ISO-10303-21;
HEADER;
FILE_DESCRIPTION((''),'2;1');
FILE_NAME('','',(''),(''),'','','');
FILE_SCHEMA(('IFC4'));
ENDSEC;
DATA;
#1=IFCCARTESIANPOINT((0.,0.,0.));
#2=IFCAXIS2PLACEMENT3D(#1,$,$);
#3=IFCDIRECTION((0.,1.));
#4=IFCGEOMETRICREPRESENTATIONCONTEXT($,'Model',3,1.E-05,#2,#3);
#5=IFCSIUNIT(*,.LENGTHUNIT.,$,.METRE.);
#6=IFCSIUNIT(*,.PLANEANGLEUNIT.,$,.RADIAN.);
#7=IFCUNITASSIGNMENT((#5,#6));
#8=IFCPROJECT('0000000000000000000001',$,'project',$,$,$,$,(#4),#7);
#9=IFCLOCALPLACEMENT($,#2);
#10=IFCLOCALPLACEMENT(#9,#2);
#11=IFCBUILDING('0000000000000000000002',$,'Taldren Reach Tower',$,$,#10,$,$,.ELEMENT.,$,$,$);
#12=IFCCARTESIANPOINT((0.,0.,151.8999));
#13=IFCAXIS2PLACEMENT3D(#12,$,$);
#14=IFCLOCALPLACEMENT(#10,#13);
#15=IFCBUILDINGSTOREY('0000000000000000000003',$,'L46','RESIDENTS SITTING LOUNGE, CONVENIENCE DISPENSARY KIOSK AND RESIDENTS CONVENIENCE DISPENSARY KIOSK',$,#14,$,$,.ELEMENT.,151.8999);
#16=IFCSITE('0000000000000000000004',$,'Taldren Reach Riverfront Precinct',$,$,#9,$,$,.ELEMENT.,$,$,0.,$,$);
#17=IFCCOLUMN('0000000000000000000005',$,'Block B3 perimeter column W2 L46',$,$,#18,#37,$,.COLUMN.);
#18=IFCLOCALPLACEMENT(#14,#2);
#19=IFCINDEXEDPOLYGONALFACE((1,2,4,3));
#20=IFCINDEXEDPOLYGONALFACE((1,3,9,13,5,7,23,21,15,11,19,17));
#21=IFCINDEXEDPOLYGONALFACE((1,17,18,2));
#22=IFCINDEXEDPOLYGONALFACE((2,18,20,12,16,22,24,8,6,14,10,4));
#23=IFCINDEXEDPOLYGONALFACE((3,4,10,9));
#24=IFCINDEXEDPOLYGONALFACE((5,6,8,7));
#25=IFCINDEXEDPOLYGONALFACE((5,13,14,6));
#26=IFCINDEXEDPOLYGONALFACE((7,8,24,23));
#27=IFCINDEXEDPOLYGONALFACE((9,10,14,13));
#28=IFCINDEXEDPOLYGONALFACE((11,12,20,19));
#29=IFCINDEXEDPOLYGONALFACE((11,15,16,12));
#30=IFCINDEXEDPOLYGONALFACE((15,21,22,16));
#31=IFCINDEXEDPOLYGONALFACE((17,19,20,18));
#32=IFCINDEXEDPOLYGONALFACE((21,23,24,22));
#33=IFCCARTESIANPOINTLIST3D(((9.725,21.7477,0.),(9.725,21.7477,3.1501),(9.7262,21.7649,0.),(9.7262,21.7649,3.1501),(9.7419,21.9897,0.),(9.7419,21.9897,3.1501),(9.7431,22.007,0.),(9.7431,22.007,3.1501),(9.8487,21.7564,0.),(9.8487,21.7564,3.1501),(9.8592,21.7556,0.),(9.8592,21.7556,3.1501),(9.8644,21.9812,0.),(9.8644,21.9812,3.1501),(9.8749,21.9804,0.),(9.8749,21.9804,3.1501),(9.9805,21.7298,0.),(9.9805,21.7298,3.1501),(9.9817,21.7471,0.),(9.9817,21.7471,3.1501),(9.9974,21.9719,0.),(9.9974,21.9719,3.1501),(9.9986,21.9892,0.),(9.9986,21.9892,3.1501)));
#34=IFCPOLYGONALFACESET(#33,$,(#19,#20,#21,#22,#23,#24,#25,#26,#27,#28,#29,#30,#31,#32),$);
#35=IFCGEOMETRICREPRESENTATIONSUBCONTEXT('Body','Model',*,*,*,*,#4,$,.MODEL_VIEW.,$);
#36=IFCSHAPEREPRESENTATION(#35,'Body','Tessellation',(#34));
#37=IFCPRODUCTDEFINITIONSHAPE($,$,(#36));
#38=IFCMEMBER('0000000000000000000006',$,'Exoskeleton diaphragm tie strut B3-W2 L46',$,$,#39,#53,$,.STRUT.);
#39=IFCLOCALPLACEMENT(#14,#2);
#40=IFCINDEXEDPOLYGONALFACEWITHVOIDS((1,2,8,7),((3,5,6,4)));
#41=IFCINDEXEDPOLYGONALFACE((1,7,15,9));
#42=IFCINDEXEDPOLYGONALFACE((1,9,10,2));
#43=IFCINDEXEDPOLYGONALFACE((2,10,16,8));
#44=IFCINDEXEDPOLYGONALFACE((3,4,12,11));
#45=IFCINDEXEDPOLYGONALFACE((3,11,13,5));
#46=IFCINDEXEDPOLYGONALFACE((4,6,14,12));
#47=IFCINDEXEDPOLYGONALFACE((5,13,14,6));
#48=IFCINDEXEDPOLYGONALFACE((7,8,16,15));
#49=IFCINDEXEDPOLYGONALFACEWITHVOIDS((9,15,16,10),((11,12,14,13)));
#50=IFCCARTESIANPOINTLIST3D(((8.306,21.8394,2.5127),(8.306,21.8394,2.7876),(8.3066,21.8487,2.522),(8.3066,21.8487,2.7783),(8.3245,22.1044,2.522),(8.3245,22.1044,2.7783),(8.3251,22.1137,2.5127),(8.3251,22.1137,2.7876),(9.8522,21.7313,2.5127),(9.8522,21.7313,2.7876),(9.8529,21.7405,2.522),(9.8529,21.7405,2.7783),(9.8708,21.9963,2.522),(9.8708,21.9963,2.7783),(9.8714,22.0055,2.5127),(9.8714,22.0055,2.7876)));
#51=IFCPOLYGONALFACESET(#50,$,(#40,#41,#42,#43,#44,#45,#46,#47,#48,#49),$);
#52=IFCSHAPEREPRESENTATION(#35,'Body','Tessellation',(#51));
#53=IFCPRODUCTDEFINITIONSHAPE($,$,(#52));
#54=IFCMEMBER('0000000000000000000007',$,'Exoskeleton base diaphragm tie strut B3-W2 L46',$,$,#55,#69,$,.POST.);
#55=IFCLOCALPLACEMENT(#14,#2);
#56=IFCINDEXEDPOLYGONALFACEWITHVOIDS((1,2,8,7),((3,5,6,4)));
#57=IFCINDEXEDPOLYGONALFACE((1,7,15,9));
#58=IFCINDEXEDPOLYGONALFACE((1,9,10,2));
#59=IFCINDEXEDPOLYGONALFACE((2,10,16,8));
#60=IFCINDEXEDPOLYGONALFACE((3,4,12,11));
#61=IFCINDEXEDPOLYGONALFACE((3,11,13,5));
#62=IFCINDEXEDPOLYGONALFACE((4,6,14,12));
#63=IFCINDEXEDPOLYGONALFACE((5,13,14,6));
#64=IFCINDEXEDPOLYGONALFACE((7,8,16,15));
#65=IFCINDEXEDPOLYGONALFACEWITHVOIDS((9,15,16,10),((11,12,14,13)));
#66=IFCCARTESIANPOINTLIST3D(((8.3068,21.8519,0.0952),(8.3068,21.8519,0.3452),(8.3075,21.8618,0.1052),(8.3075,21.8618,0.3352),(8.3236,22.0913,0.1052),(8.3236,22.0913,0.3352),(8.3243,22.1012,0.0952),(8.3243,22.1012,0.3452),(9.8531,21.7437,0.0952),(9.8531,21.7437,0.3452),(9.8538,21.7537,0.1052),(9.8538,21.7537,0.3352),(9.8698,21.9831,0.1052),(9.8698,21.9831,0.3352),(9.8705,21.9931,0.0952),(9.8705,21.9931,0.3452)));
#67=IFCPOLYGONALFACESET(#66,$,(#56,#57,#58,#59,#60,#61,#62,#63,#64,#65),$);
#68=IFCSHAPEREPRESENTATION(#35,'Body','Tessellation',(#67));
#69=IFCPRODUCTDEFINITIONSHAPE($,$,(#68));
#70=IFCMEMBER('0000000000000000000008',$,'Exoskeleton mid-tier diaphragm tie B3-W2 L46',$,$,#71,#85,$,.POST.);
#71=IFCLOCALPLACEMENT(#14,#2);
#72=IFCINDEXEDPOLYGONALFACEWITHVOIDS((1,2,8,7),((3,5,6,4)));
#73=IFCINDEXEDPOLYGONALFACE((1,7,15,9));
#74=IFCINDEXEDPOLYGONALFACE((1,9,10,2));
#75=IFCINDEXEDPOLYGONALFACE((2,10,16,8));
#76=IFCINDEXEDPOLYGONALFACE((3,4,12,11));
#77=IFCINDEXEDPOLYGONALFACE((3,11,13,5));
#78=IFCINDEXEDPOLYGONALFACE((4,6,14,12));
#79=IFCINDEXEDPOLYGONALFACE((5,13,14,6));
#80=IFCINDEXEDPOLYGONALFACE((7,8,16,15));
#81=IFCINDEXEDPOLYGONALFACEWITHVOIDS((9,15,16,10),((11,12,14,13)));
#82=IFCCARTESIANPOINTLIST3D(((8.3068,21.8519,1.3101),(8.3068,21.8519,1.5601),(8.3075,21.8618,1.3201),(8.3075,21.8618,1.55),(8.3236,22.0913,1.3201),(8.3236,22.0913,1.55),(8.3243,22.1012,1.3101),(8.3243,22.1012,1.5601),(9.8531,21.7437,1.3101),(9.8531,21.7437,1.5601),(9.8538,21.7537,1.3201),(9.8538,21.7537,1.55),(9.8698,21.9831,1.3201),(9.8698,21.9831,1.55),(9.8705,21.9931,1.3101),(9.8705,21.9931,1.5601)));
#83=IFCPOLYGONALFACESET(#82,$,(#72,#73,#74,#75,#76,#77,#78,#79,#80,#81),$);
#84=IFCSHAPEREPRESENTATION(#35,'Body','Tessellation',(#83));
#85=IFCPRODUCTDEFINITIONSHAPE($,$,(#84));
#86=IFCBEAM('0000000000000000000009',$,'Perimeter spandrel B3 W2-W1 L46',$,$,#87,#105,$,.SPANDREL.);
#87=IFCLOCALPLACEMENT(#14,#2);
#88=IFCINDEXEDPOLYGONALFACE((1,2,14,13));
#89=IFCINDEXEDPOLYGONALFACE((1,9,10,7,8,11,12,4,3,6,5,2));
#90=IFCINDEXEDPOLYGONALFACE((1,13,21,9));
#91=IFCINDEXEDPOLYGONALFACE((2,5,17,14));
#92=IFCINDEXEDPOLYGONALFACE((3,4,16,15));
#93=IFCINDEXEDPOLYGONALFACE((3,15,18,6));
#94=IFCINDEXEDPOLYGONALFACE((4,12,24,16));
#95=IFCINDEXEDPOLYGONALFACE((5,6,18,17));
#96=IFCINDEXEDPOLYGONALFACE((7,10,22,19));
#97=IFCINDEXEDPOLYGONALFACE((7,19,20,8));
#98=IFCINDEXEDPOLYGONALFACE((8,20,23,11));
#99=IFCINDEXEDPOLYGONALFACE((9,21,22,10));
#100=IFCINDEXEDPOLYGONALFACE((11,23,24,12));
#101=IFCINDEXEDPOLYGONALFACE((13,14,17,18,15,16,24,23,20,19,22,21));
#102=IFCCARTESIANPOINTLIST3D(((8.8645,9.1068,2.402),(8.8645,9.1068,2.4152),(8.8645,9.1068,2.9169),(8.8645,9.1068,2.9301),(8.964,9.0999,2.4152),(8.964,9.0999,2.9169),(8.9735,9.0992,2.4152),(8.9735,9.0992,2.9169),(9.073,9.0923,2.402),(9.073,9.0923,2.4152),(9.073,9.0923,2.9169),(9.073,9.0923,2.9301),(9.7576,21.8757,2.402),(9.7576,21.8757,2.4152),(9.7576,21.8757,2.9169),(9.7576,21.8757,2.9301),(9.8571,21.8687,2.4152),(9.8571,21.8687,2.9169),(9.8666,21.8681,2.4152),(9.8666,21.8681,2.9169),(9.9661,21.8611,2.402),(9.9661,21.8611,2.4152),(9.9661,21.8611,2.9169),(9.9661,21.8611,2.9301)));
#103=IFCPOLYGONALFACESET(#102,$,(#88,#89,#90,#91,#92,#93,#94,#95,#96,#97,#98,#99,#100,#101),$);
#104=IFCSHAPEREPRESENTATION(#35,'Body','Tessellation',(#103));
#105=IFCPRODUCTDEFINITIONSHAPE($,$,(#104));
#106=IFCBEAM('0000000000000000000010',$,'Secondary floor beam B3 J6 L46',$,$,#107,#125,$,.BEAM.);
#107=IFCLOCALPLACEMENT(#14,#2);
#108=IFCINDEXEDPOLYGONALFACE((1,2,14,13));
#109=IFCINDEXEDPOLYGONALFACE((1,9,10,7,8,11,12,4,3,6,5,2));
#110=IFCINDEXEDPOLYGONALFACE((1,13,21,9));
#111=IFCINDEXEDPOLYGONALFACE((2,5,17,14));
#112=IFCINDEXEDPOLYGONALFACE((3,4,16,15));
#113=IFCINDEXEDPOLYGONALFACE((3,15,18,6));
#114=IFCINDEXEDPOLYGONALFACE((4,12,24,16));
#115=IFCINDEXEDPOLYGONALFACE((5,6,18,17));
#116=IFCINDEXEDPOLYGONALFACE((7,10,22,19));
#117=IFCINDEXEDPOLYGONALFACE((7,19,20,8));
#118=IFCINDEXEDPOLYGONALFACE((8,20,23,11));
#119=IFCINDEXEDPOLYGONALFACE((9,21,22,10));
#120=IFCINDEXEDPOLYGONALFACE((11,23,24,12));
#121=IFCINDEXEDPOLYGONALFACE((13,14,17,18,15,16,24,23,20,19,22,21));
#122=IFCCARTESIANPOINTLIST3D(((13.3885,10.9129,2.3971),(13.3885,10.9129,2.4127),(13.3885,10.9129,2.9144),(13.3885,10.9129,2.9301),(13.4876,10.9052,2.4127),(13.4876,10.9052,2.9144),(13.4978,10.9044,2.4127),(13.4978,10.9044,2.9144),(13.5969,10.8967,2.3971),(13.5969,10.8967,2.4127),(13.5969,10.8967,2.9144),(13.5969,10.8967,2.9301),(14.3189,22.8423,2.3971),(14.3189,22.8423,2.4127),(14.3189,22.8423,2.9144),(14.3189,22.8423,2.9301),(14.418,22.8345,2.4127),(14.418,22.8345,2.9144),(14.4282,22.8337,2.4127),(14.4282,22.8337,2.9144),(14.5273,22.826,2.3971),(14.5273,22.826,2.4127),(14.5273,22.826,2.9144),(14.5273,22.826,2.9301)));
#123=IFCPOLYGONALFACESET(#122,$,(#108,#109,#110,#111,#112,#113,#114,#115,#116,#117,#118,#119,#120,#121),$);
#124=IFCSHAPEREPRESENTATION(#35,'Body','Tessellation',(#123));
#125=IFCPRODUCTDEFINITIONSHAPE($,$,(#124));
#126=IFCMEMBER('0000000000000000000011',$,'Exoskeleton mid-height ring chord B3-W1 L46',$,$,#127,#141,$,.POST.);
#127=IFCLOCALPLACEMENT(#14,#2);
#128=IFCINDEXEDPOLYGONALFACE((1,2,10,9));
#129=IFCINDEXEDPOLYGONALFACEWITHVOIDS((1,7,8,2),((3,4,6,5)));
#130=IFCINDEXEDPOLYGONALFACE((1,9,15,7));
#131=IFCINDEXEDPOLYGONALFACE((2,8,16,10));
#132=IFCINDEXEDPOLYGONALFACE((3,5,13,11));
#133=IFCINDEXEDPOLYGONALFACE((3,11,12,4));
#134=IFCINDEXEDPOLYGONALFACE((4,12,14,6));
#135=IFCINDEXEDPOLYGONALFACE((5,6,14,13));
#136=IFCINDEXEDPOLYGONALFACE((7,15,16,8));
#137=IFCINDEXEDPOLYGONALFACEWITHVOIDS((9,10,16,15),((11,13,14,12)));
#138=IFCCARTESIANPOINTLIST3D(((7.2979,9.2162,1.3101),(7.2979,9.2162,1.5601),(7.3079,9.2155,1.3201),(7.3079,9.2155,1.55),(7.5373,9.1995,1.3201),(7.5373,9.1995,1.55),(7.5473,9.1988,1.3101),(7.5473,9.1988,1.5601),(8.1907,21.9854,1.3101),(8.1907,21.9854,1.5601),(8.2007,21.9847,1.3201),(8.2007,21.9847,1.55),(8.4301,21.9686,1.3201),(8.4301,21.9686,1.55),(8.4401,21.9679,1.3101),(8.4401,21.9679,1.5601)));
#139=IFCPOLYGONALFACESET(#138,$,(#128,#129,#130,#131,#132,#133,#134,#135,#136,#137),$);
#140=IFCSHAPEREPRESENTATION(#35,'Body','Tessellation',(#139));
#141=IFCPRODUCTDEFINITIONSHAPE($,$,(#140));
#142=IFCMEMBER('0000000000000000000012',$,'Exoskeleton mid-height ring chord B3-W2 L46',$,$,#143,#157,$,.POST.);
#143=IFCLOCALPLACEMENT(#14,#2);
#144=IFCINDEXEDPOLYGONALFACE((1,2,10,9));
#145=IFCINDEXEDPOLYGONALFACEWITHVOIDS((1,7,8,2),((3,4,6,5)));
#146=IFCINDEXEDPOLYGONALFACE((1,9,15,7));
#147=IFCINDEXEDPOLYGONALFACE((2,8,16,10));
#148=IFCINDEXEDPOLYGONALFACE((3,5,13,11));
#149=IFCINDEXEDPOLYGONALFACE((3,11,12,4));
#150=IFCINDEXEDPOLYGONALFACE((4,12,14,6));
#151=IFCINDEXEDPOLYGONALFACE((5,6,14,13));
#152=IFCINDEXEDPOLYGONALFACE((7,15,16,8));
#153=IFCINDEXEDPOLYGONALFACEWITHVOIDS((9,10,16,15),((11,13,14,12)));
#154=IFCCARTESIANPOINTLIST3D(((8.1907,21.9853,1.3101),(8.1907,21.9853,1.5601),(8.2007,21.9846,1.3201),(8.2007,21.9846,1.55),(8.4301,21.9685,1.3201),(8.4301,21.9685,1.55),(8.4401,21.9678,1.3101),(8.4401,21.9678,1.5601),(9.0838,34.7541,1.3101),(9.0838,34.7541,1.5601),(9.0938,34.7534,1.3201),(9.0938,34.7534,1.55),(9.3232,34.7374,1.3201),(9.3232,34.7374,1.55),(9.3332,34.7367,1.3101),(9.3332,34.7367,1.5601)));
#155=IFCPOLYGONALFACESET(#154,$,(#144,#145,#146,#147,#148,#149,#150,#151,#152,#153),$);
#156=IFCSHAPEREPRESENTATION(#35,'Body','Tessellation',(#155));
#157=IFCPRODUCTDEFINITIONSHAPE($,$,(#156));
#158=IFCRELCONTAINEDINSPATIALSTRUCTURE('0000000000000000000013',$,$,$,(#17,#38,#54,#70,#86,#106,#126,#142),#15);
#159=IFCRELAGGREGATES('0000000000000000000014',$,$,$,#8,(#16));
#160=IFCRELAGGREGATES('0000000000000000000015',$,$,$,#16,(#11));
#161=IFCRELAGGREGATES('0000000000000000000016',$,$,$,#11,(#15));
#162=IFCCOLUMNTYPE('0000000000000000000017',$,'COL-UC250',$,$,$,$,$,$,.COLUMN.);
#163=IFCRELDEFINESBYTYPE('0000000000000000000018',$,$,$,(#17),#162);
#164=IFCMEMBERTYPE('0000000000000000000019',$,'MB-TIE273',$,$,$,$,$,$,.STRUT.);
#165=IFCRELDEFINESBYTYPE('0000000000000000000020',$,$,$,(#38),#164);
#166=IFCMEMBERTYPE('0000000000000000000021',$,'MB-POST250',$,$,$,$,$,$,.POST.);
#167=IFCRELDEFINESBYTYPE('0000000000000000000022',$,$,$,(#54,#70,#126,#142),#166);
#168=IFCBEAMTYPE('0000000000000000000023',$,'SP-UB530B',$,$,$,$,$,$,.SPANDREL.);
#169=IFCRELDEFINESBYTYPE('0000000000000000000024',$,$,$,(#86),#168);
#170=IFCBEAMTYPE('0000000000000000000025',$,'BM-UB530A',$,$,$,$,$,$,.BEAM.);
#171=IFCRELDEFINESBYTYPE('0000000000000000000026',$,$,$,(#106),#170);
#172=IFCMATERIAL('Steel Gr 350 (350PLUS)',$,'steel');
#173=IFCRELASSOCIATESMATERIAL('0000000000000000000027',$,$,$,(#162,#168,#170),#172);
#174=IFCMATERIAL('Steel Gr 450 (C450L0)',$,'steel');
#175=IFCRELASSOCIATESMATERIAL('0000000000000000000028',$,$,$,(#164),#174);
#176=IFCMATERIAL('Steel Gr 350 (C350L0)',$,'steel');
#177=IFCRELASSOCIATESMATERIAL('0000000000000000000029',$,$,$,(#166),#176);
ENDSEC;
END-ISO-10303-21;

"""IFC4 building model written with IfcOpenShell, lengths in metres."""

from ifc_helpers import new_model, si_unit, direction, frame, origin, origin_2d, place, context, subcontext, project, spatial, hollow_rectangle, i_section, extrude, source, transform, mapped, material, material_profile, profile_set, type_object, element, save


model = new_model("IFC4")

# Units and contexts
model_context = context("Model", 3, precision=1e-05, world=origin(), true_north=direction((0.0, 1.0)))
body_context = subcontext(model_context, "Body", "Model", "MODEL_VIEW")
ifc_project = project(units=[si_unit("LENGTHUNIT", "METRE"), si_unit("PLANEANGLEUNIT", "RADIAN")], contexts=[model_context])

# Site, building, storey
site_placement = place(None, origin())
site = spatial("IfcSite", under=ifc_project, at=site_placement, Name="Taldren Reach Riverfront Precinct", CompositionType="ELEMENT", RefElevation=0.0)
building_placement = place(site_placement, origin())
building = spatial("IfcBuilding", under=site, at=building_placement, Name="Taldren Reach Tower", CompositionType="ELEMENT")
storey_placement = place(building_placement, frame((0.0, 0.0, 151.8999)))
storey = spatial("IfcBuildingStorey", under=building, at=storey_placement, Name="L46", Description="RESIDENTS SITTING LOUNGE, CONVENIENCE DISPENSARY KIOSK AND RESIDENTS CONVENIENCE DISPENSARY KIOSK", CompositionType="ELEMENT", Elevation=151.8999)

# Column
ifc_material_1 = material(Name="Steel Gr 350 (350PLUS)", Category="steel")
ifc_material_profile_1 = material_profile(ifc_material_1, i_section(OverallWidth=0.2561, OverallDepth=0.26, WebThickness=0.0105, FlangeThickness=0.0173, at=origin_2d()), Name="250UC89.5")
ifc_profile_set_1 = profile_set([ifc_material_profile_1], Name="Steel Gr 350 (350PLUS)")
column_type = type_object("IfcColumnType", Name="COL-UC250", PredefinedType="COLUMN", material=ifc_profile_set_1)
shared_shape_1 = source(origin(), body_context, "Body", "SweptSolid", [
    extrude(i_section(OverallWidth=0.2561, OverallDepth=0.26, WebThickness=0.0105, FlangeThickness=0.0173, at=origin_2d()), origin(), (0.0, 0.0, 1.0), 3.1501),
])
column_placement = place(storey_placement, frame((9.8618, 21.8684, 0.0), z_axis=(0.0, 0.0, 1.0), x_axis=(0.997564, -0.069756, 0.0)))
element("IfcColumn", 1, at=column_placement, inside=storey, type_object=column_type, Name="Block B3 perimeter column W2 L46", PredefinedType="COLUMN", context=body_context, shape_type="MappedRepresentation", body=[
    mapped(shared_shape_1, transform((0.0, 0.0, 0.0), scale=1.0)),
])

# Members
ifc_material_2 = material(Name="Steel Gr 450 (C450L0)", Category="steel")
ifc_material_profile_2 = material_profile(ifc_material_2, hollow_rectangle(XDim=0.2749, YDim=0.2749, WallThickness=0.0093, at=origin_2d()), Name="275x275x9.3SHS")
ifc_profile_set_2 = profile_set([ifc_material_profile_2], Name="Steel Gr 450 (C450L0)")
member_type_1 = type_object("IfcMemberType", Name="MB-TIE273", PredefinedType="STRUT", material=ifc_profile_set_2)
shared_shape_2 = source(origin(), body_context, "Body", "SweptSolid", [
    extrude(hollow_rectangle(XDim=0.2749, YDim=0.2749, WallThickness=0.0093, at=origin_2d()), origin(), (0.0, 0.0, 1.0), 1.55),
])
member_1_placement = place(storey_placement, frame((9.8618, 21.8684, 2.6501), z_axis=(-0.997563, 0.06977, 0.0), x_axis=(-0.06977, -0.997563, 0.0)))
element("IfcMember", 2, at=member_1_placement, inside=storey, type_object=member_type_1, Name="Exoskeleton diaphragm tie strut B3-W2 L46", PredefinedType="STRUT", context=body_context, shape_type="MappedRepresentation", body=[
    mapped(shared_shape_2, transform((0.0, 0.0, 0.0), scale=1.0)),
])
ifc_material_3 = material(Name="Steel Gr 350 (C350L0)", Category="steel")
ifc_material_profile_3 = material_profile(ifc_material_3, hollow_rectangle(XDim=0.25, YDim=0.25, WallThickness=0.01, at=origin_2d()), Name="250x250x10.0SHS")
ifc_profile_set_3 = profile_set([ifc_material_profile_3], Name="Steel Gr 350 (C350L0)")
member_type_2 = type_object("IfcMemberType", Name="MB-POST250", PredefinedType="POST", material=ifc_profile_set_3)
shared_shape_3 = source(origin(), body_context, "Body", "SweptSolid", [
    extrude(hollow_rectangle(XDim=0.25, YDim=0.25, WallThickness=0.01, at=origin_2d()), origin(), (0.0, 0.0, 1.0), 1.55),
])
for number, where, z_axis, x_axis, name in (
    (3, (9.8618, 21.8684, 0.2202), (-0.997563, 0.06977, 0.0), (-0.06977, -0.997563, 0.0), "Exoskeleton base diaphragm tie strut B3-W2 L46"),
    (4, (9.8618, 21.8684, 1.4351), (-0.997563, 0.06977, 0.0), (-0.06977, -0.997563, 0.0), "Exoskeleton mid-tier diaphragm tie B3-W2 L46"),
):
    element("IfcMember", number, at=place(storey_placement, frame(where, z_axis=z_axis, x_axis=x_axis)), inside=storey, type_object=member_type_2, Name=name, PredefinedType="POST", context=body_context, shape_type="MappedRepresentation", body=[
        mapped(shared_shape_3, transform((0.0, 0.0, 0.0), scale=1.0)),
    ])

# Beams
ifc_material_profile_4 = material_profile(ifc_material_1, i_section(OverallWidth=0.209, OverallDepth=0.5281, WebThickness=0.0095, FlangeThickness=0.0132, at=origin_2d()), Name="530UB82.0")
ifc_profile_set_4 = profile_set([ifc_material_profile_4], Name="Steel Gr 350 (350PLUS)")
beam_type_1 = type_object("IfcBeamType", Name="SP-UB530B", PredefinedType="SPANDREL", material=ifc_profile_set_4)
shared_shape_4 = source(origin(), body_context, "Body", "SweptSolid", [
    extrude(i_section(OverallWidth=0.209, OverallDepth=0.5281, WebThickness=0.0095, FlangeThickness=0.0132, at=origin_2d()), origin(), (0.0, 0.0, 1.0), 12.8),
])
beam_1_placement = place(storey_placement, frame((9.8618, 21.8684, 2.666), z_axis=(-0.069771, -0.997563, 0.0), x_axis=(0.997563, -0.069771, 0.0)))
element("IfcBeam", 5, at=beam_1_placement, inside=storey, type_object=beam_type_1, Name="Perimeter spandrel B3 W2-W1 L46", PredefinedType="SPANDREL", context=body_context, shape_type="MappedRepresentation", body=[
    mapped(shared_shape_4, transform((0.0, 0.0, 0.0), scale=1.0)),
])
ifc_material_profile_5 = material_profile(ifc_material_1, i_section(OverallWidth=0.209, OverallDepth=0.533, WebThickness=0.0103, FlangeThickness=0.0156, at=origin_2d()), Name="530UB92.4")
ifc_profile_set_5 = profile_set([ifc_material_profile_5], Name="Steel Gr 350 (350PLUS)")
beam_type_2 = type_object("IfcBeamType", Name="BM-UB530A", PredefinedType="BEAM", material=ifc_profile_set_5)
shared_shape_5 = source(origin(), body_context, "Body", "SweptSolid", [
    extrude(i_section(OverallWidth=0.209, OverallDepth=0.533, WebThickness=0.0103, FlangeThickness=0.0156, at=origin_2d()), origin(), (0.0, 0.0, 1.0), 11.9656),
])
beam_2_placement = place(storey_placement, frame((13.4927, 10.9048, 2.6636), z_axis=(0.077757, 0.996972, 0.0), x_axis=(-0.996972, 0.077757, 0.0)))
element("IfcBeam", 6, at=beam_2_placement, inside=storey, type_object=beam_type_2, Name="Secondary floor beam B3 J6 L46", PredefinedType="BEAM", context=body_context, shape_type="MappedRepresentation", body=[
    mapped(shared_shape_5, transform((0.0, 0.0, 0.0), scale=1.0)),
])

# Members
shared_shape_6 = source(origin(), body_context, "Body", "SweptSolid", [
    extrude(hollow_rectangle(XDim=0.25, YDim=0.25, WallThickness=0.01, at=origin_2d()), origin(), (0.0, 0.0, 1.0), 12.8003),
])
member_2_placement = place(storey_placement, frame((7.4226, 9.2075, 1.4351), z_axis=(0.069751, 0.997564, 0.0), x_axis=(-0.997564, 0.069751, 0.0)))
element("IfcMember", 7, at=member_2_placement, inside=storey, type_object=member_type_2, Name="Exoskeleton mid-height ring chord B3-W1 L46", PredefinedType="POST", context=body_context, shape_type="MappedRepresentation", body=[
    mapped(shared_shape_6, transform((0.0, 0.0, 0.0), scale=1.0)),
])
shared_shape_7 = source(origin(), body_context, "Body", "SweptSolid", [
    extrude(hollow_rectangle(XDim=0.25, YDim=0.25, WallThickness=0.01, at=origin_2d()), origin(), (0.0, 0.0, 1.0), 12.8),
])
member_3_placement = place(storey_placement, frame((8.3154, 21.9766, 1.4351), z_axis=(0.069771, 0.997563, 0.0), x_axis=(-0.997563, 0.069771, 0.0)))
element("IfcMember", 8, at=member_3_placement, inside=storey, type_object=member_type_2, Name="Exoskeleton mid-height ring chord B3-W2 L46", PredefinedType="POST", context=body_context, shape_type="MappedRepresentation", body=[
    mapped(shared_shape_7, transform((0.0, 0.0, 0.0), scale=1.0)),
])

save(model, "model.ifc")
